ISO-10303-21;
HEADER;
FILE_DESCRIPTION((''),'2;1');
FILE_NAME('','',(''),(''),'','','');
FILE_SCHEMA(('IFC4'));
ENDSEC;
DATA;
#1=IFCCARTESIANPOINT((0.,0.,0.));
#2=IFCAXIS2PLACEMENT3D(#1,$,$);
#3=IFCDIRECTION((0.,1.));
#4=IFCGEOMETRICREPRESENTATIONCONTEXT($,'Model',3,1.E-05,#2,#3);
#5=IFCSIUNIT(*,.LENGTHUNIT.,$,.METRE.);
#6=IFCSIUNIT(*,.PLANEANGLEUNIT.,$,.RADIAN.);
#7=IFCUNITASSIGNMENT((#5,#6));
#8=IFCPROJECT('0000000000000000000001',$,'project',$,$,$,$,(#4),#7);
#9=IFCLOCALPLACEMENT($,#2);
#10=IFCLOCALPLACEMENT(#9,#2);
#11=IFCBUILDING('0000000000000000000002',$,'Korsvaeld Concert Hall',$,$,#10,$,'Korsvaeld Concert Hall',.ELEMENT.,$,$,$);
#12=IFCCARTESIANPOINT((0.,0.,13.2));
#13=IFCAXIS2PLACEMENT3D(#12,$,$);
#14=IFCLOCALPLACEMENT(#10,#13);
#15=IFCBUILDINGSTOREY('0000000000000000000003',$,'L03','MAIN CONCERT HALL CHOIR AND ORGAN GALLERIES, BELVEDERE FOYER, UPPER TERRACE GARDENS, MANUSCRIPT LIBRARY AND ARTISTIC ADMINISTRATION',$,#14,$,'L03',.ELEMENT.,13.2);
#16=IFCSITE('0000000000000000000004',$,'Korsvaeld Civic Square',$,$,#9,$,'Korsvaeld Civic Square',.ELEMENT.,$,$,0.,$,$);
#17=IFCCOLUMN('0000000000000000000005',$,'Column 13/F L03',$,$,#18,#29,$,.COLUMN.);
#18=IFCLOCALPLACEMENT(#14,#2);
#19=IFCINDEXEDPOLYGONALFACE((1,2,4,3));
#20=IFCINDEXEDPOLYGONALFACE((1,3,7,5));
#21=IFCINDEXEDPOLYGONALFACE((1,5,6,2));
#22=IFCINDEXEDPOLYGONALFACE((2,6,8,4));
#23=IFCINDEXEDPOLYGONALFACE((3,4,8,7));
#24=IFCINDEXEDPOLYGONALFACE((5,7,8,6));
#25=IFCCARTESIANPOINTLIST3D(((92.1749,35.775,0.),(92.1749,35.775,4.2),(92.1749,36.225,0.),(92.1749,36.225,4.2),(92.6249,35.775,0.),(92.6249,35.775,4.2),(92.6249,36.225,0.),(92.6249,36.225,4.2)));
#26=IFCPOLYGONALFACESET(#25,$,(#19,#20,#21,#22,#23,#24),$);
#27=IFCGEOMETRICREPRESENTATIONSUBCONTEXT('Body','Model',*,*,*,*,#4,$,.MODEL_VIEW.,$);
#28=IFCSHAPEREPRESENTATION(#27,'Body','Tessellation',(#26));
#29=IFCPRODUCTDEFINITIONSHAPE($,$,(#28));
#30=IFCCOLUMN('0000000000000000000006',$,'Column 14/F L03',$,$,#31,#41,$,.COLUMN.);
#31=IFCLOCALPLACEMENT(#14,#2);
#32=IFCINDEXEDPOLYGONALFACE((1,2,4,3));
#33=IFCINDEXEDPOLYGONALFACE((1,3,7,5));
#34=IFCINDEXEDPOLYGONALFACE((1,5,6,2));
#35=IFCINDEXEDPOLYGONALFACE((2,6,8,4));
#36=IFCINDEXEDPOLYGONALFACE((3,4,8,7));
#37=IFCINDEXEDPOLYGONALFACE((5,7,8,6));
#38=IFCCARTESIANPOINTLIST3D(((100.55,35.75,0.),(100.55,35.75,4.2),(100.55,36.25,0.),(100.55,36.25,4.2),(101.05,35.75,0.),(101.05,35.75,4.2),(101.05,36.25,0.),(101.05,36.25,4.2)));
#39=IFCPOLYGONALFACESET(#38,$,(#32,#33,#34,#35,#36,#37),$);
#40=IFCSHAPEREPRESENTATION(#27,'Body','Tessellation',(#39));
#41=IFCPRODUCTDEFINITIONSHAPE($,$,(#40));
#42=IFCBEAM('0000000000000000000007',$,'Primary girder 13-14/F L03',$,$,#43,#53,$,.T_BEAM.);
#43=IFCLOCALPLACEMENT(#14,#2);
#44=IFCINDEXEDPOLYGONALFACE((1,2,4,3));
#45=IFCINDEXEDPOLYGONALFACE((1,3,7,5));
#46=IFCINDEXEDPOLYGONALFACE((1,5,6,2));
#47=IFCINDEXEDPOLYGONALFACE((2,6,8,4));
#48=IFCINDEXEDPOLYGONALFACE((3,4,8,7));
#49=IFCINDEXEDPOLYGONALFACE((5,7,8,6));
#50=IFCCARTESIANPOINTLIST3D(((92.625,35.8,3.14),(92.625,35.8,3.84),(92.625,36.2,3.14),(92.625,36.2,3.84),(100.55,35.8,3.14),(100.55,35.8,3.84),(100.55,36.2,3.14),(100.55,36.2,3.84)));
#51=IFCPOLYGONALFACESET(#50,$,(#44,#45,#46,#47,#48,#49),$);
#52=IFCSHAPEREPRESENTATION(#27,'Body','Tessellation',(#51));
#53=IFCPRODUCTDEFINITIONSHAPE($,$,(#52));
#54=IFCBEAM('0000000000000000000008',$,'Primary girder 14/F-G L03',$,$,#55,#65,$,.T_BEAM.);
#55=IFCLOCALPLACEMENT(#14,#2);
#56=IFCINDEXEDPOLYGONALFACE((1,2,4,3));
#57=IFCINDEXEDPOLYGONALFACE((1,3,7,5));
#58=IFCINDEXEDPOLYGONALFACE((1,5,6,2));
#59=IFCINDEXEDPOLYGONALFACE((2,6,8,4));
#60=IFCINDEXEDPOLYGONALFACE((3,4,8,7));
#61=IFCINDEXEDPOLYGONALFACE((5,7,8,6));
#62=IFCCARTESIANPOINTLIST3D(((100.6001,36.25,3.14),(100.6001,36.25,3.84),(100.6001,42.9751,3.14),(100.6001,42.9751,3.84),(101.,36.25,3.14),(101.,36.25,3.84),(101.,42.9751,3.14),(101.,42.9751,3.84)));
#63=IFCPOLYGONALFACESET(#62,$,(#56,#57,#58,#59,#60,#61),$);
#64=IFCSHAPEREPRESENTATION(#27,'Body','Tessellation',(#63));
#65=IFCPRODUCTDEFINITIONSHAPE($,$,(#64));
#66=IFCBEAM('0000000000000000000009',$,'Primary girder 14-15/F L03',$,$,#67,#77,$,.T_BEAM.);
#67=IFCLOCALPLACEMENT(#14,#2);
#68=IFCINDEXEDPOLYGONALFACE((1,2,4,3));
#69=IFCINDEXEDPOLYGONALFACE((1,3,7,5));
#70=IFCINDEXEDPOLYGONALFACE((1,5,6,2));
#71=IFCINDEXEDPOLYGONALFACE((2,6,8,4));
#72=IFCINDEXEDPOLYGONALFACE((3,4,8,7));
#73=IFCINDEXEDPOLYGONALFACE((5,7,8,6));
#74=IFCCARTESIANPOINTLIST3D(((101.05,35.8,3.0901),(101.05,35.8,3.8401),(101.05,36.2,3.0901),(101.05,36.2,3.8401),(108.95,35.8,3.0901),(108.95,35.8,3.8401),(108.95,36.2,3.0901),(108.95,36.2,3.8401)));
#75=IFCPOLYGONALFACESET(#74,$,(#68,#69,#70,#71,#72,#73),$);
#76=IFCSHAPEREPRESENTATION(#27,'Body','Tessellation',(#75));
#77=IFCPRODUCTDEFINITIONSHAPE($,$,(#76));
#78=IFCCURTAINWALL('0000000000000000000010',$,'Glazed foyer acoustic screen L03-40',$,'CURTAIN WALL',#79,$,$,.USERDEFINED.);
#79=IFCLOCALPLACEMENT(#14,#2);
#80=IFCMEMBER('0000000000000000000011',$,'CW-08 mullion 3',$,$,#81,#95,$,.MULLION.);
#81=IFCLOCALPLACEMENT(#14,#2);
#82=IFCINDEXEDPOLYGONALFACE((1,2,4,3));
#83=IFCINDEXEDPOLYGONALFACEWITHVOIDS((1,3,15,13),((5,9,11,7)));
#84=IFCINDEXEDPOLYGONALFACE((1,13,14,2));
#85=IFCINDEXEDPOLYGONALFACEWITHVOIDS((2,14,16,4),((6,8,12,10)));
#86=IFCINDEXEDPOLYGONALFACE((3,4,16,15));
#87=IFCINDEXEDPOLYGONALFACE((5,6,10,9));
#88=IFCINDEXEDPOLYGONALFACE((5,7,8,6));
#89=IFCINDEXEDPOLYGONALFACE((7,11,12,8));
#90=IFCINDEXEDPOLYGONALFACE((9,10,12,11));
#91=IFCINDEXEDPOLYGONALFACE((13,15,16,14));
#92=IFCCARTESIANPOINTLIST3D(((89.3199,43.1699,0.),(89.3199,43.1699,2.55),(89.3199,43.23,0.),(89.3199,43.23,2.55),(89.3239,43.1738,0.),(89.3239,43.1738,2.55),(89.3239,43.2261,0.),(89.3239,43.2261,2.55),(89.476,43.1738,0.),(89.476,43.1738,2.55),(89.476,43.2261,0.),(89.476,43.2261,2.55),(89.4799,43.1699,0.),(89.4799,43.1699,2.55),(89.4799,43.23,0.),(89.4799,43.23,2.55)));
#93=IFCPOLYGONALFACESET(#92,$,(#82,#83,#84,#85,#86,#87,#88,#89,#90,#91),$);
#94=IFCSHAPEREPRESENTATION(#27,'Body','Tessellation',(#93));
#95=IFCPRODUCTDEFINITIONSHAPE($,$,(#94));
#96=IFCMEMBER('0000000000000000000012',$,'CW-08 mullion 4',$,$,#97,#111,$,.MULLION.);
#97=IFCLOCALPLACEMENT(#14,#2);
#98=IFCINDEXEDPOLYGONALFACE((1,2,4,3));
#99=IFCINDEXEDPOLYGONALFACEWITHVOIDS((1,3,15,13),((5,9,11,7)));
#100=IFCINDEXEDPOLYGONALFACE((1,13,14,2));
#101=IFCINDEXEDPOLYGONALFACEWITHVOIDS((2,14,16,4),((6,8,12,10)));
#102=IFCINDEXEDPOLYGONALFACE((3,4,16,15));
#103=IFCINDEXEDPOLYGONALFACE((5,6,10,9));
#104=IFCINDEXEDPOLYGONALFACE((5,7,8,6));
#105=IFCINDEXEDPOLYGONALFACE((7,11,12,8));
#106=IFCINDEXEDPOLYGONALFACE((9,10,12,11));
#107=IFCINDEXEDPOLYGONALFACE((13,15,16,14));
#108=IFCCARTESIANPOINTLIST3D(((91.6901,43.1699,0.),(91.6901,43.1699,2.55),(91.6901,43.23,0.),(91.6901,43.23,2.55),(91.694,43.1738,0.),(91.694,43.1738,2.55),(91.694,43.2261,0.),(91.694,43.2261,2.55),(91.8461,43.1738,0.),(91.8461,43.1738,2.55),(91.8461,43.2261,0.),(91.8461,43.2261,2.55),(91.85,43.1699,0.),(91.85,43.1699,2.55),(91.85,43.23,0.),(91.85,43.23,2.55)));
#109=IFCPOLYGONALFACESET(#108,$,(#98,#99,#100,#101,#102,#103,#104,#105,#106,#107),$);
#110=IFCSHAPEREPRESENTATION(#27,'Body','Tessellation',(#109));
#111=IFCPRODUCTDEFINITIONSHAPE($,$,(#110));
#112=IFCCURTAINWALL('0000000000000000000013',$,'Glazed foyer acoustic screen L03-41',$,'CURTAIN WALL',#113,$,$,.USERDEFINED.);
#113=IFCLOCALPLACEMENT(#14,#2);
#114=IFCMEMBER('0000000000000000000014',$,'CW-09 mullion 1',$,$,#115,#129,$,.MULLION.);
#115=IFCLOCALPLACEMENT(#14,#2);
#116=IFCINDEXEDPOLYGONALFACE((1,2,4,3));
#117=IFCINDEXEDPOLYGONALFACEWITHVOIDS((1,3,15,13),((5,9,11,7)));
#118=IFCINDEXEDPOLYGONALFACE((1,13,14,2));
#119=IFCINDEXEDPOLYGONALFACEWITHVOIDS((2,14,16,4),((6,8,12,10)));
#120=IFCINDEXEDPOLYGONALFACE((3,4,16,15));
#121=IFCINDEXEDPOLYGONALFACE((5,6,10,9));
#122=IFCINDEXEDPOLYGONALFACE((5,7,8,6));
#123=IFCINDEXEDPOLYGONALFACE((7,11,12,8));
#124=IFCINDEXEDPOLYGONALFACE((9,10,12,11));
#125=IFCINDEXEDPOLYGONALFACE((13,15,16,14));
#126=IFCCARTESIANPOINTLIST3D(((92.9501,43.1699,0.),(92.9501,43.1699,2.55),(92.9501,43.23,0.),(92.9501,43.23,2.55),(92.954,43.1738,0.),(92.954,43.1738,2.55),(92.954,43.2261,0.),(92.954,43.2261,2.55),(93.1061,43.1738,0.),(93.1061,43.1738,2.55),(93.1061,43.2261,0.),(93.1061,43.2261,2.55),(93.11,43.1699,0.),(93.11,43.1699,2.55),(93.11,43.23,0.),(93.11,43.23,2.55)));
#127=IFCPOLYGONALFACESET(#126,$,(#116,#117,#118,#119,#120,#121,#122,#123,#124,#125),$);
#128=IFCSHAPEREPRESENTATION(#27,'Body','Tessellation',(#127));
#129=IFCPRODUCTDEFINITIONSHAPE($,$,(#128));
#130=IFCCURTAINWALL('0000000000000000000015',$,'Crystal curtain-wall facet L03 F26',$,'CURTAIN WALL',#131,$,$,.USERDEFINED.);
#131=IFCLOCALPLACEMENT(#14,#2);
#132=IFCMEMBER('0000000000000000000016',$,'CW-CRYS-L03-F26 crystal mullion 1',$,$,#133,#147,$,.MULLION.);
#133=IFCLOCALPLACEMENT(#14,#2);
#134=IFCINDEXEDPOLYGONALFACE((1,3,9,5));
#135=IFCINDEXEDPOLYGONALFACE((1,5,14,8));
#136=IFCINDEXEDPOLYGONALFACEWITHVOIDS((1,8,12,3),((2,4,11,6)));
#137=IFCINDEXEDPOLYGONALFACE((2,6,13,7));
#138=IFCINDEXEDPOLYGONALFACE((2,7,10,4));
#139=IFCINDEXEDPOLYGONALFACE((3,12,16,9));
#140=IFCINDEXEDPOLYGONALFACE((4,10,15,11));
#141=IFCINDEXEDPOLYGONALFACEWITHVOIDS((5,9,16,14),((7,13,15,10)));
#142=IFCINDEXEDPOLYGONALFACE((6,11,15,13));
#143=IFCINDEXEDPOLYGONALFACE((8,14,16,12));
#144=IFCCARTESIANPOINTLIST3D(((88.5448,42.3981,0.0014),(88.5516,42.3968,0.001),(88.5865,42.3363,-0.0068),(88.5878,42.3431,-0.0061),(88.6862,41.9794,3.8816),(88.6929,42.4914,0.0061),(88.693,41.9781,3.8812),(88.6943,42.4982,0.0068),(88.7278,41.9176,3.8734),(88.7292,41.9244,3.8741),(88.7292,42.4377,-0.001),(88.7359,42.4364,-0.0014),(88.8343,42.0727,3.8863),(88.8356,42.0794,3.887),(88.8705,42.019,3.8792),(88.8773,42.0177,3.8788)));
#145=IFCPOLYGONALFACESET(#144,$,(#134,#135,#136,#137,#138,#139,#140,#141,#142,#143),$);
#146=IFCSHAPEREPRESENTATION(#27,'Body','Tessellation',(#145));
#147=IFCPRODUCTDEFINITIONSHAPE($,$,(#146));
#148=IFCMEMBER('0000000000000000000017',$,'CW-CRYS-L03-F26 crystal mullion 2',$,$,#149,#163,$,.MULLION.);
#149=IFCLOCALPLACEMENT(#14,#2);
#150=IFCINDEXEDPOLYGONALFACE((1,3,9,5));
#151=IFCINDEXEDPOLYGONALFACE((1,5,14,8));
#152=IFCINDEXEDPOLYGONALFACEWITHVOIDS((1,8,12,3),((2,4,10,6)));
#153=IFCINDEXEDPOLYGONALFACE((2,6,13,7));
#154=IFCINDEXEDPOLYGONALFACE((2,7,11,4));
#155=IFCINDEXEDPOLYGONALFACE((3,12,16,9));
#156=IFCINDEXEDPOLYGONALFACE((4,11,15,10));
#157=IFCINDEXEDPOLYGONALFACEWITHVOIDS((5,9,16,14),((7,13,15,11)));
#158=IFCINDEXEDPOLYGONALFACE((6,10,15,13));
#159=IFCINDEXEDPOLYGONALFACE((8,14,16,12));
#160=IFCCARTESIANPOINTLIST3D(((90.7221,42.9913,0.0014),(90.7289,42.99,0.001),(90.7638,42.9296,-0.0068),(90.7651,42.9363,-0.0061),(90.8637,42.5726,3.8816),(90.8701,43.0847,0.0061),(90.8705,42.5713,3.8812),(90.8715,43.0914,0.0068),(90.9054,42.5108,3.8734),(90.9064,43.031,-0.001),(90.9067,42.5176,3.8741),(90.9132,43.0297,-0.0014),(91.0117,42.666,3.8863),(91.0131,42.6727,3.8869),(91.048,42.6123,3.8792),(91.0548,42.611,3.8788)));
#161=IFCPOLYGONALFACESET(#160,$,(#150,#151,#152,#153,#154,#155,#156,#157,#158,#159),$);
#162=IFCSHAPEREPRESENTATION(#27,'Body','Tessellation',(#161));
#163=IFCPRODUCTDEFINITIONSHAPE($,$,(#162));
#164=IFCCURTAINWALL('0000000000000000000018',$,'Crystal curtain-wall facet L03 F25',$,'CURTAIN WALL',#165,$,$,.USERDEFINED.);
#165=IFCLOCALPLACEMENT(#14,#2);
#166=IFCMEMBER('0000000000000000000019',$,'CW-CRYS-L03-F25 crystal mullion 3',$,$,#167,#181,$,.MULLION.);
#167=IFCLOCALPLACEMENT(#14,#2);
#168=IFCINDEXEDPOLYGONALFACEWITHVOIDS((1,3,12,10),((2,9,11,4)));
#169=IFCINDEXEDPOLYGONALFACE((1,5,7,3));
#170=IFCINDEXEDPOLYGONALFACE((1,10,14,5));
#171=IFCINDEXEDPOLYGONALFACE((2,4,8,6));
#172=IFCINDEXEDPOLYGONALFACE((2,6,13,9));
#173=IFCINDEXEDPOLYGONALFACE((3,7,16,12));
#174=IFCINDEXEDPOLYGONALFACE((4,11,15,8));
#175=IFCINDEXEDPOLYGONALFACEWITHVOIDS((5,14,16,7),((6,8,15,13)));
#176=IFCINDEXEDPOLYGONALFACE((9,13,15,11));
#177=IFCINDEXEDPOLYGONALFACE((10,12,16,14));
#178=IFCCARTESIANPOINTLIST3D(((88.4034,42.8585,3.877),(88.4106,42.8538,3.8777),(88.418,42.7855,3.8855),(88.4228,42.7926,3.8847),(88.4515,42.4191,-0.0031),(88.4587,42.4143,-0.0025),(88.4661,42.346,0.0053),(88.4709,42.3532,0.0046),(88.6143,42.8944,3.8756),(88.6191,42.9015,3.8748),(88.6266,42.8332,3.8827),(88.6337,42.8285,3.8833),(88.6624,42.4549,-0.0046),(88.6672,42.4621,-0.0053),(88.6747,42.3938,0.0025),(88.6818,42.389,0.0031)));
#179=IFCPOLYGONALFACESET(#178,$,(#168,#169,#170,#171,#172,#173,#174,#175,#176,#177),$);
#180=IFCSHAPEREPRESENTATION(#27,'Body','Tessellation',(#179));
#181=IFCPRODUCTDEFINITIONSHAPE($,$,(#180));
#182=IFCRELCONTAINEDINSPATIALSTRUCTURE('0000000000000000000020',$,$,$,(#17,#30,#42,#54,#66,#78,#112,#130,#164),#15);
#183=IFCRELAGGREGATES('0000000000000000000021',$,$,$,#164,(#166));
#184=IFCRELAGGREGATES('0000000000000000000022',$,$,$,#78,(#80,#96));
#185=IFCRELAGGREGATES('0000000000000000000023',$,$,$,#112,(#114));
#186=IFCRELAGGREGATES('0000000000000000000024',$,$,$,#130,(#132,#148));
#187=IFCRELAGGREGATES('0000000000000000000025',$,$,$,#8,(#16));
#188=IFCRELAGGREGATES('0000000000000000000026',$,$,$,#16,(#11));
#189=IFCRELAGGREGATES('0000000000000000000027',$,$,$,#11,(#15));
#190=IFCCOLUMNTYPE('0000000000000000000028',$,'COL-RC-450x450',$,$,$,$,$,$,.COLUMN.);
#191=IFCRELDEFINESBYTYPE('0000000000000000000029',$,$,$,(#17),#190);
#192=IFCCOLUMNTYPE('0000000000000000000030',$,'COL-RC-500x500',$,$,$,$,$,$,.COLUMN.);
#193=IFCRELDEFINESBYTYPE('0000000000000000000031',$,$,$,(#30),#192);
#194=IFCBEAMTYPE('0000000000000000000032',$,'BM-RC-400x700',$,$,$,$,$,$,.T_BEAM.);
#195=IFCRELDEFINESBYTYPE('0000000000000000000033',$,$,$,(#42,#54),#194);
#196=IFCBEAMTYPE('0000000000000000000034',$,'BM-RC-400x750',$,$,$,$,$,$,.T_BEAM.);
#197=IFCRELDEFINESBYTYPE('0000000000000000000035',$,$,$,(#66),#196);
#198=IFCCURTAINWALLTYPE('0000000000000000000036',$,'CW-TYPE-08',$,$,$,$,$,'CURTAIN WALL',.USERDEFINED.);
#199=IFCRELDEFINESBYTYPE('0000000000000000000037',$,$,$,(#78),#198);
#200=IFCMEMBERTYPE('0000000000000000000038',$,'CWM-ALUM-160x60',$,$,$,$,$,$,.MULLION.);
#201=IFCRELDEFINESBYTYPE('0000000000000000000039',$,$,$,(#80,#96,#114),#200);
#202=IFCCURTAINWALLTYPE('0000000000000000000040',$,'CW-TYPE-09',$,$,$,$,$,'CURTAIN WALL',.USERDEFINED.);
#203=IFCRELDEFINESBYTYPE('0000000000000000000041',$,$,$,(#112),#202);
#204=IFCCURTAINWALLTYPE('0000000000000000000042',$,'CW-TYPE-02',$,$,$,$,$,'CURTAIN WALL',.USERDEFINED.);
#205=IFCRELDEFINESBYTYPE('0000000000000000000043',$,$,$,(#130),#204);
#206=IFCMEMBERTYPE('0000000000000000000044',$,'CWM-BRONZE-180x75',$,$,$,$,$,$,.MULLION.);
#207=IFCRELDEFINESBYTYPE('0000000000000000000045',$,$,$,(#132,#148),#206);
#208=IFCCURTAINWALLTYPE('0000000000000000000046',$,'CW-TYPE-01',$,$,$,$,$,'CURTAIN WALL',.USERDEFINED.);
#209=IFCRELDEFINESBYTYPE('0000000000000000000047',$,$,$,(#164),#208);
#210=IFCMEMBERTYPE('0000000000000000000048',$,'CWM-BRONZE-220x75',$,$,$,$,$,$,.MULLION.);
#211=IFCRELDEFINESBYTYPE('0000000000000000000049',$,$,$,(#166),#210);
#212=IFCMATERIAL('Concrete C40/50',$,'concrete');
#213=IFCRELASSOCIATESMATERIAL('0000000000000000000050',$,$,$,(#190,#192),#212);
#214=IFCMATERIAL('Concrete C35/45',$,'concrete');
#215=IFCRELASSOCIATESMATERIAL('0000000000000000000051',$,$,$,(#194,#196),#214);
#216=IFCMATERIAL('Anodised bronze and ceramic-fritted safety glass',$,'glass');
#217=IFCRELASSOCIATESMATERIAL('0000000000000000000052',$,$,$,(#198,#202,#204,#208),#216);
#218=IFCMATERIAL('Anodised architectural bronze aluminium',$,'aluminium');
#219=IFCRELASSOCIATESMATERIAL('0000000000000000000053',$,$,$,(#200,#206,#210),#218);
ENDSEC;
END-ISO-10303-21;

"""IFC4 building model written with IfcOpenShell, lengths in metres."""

from ifc_helpers import new_model, si_unit, direction, frame, origin, origin_2d, place, context, subcontext, project, spatial, rectangle, hollow_rectangle, extrude, material, material_profile, profile_set, type_object, element, aggregate, save


model = new_model("IFC4")

# Units and contexts
model_context = context("Model", 3, precision=1e-05, world=origin(), true_north=direction((0.0, 1.0)))
body_context = subcontext(model_context, "Body", "Model", "MODEL_VIEW")
ifc_project = project(units=[si_unit("LENGTHUNIT", "METRE"), si_unit("PLANEANGLEUNIT", "RADIAN")], contexts=[model_context])

# Site, building, storey
site_placement = place(None, origin())
site = spatial("IfcSite", under=ifc_project, at=site_placement, Name="Korsvaeld Civic Square", LongName="Korsvaeld Civic Square", CompositionType="ELEMENT", RefElevation=0.0)
building_placement = place(site_placement, origin())
building = spatial("IfcBuilding", under=site, at=building_placement, Name="Korsvaeld Concert Hall", LongName="Korsvaeld Concert Hall", CompositionType="ELEMENT")
storey_placement = place(building_placement, frame((0.0, 0.0, 13.2)))
storey = spatial("IfcBuildingStorey", under=building, at=storey_placement, Name="L03", Description="MAIN CONCERT HALL CHOIR AND ORGAN GALLERIES, BELVEDERE FOYER, UPPER TERRACE GARDENS, MANUSCRIPT LIBRARY AND ARTISTIC ADMINISTRATION", LongName="L03", CompositionType="ELEMENT", Elevation=13.2)

# Columns
ifc_material_1 = material(Name="Concrete C40/50", Category="concrete")
ifc_material_profile_1 = material_profile(ifc_material_1, rectangle(XDim=0.45, YDim=0.45, at=origin_2d()), Name="RC 450x450")
ifc_profile_set_1 = profile_set([ifc_material_profile_1], Name="Concrete C40/50")
column_type_1 = type_object("IfcColumnType", Name="COL-RC-450x450", PredefinedType="COLUMN", material=ifc_profile_set_1)
column_1_placement = place(storey_placement, frame((92.3999, 36.0, 0.0), z_axis=(0.0, 0.0, 1.0), x_axis=(1.0, 0.0, 0.0)))
element("IfcColumn", 1, at=column_1_placement, inside=storey, type_object=column_type_1, Name="Column 13/F L03", PredefinedType="COLUMN", context=body_context, shape_type="SweptSolid", body=[
    extrude(rectangle(XDim=0.45, YDim=0.45, at=origin_2d()), origin(), (0.0, 0.0, 1.0), 4.2),
])
ifc_material_profile_2 = material_profile(ifc_material_1, rectangle(XDim=0.5, YDim=0.5, at=origin_2d()), Name="RC 500x500")
ifc_profile_set_2 = profile_set([ifc_material_profile_2], Name="Concrete C40/50")
column_type_2 = type_object("IfcColumnType", Name="COL-RC-500x500", PredefinedType="COLUMN", material=ifc_profile_set_2)
column_2_placement = place(storey_placement, frame((100.8, 36.0, 0.0), z_axis=(0.0, 0.0, 1.0), x_axis=(1.0, 0.0, 0.0)))
element("IfcColumn", 2, at=column_2_placement, inside=storey, type_object=column_type_2, Name="Column 14/F L03", PredefinedType="COLUMN", context=body_context, shape_type="SweptSolid", body=[
    extrude(rectangle(XDim=0.5, YDim=0.5, at=origin_2d()), origin(), (0.0, 0.0, 1.0), 4.2),
])

# Beams
ifc_material_2 = material(Name="Concrete C35/45", Category="concrete")
ifc_material_profile_3 = material_profile(ifc_material_2, rectangle(XDim=0.3999, YDim=0.7, at=origin_2d()), Name="RC 400x700")
ifc_profile_set_3 = profile_set([ifc_material_profile_3], Name="Concrete C35/45")
beam_type_1 = type_object("IfcBeamType", Name="BM-RC-400x700", PredefinedType="T_BEAM", material=ifc_profile_set_3)
beam_1_placement = place(storey_placement, frame((92.625, 36.0, 3.49), z_axis=(1.0, 0.0, 0.0), x_axis=(0.0, 1.0, 0.0)))
element("IfcBeam", 3, at=beam_1_placement, inside=storey, type_object=beam_type_1, Name="Primary girder 13-14/F L03", PredefinedType="T_BEAM", context=body_context, shape_type="SweptSolid", body=[
    extrude(rectangle(XDim=0.3999, YDim=0.7, at=origin_2d()), origin(), (0.0, 0.0, 1.0), 7.925),
])
beam_2_placement = place(storey_placement, frame((100.8, 36.25, 3.49), z_axis=(0.0, 1.0, 0.0), x_axis=(-1.0, 0.0, 0.0)))
element("IfcBeam", 4, at=beam_2_placement, inside=storey, type_object=beam_type_1, Name="Primary girder 14/F-G L03", PredefinedType="T_BEAM", context=body_context, shape_type="SweptSolid", body=[
    extrude(rectangle(XDim=0.3999, YDim=0.7, at=origin_2d()), origin(), (0.0, 0.0, 1.0), 6.7251),
])
ifc_material_profile_4 = material_profile(ifc_material_2, rectangle(XDim=0.3999, YDim=0.75, at=origin_2d()), Name="RC 400x750")
ifc_profile_set_4 = profile_set([ifc_material_profile_4], Name="Concrete C35/45")
beam_type_2 = type_object("IfcBeamType", Name="BM-RC-400x750", PredefinedType="T_BEAM", material=ifc_profile_set_4)
beam_3_placement = place(storey_placement, frame((101.05, 36.0, 3.4651), z_axis=(1.0, 0.0, 0.0), x_axis=(0.0, 1.0, 0.0)))
element("IfcBeam", 5, at=beam_3_placement, inside=storey, type_object=beam_type_2, Name="Primary girder 14-15/F L03", PredefinedType="T_BEAM", context=body_context, shape_type="SweptSolid", body=[
    extrude(rectangle(XDim=0.3999, YDim=0.75, at=origin_2d()), origin(), (0.0, 0.0, 1.0), 7.8999),
])

# Curtain wall, members
ifc_material_3 = material(Name="Anodised bronze and ceramic-fritted safety glass", Category="glass")
curtain_wall_type_1 = type_object("IfcCurtainWallType", Name="CW-TYPE-08", ElementType="CURTAIN WALL", PredefinedType="USERDEFINED", material=ifc_material_3)
curtain_wall_1_placement = place(storey_placement, origin())
curtain_wall_1 = element("IfcCurtainWall", 6, at=curtain_wall_1_placement, inside=storey, type_object=curtain_wall_type_1, Name="Glazed foyer acoustic screen L03-40", ObjectType="CURTAIN WALL", PredefinedType="USERDEFINED")
ifc_material_4 = material(Name="Anodised architectural bronze aluminium", Category="aluminium")
ifc_material_profile_5 = material_profile(ifc_material_4, hollow_rectangle(XDim=0.0601, YDim=0.1599, WallThickness=0.0039, at=origin_2d()), Name="CWM 160x60x4")
ifc_profile_set_5 = profile_set([ifc_material_profile_5], Name="Anodised architectural bronze aluminium")
member_type_1 = type_object("IfcMemberType", Name="CWM-ALUM-160x60", PredefinedType="MULLION", material=ifc_profile_set_5)
member_1_placement = place(storey_placement, frame((89.3999, 43.2, 0.0), z_axis=(0.0, 0.0, 1.0), x_axis=(0.0, 1.0, 0.0)))
member_1 = element("IfcMember", 7, at=member_1_placement, type_object=member_type_1, Name="CW-08 mullion 3", PredefinedType="MULLION", context=body_context, shape_type="SweptSolid", body=[
    extrude(hollow_rectangle(XDim=0.0601, YDim=0.1599, WallThickness=0.0039, at=origin_2d()), origin(), (0.0, 0.0, 1.0), 2.55),
])
member_2_placement = place(storey_placement, frame((91.77, 43.2, 0.0), z_axis=(0.0, 0.0, 1.0), x_axis=(0.0, 1.0, 0.0)))
member_2 = element("IfcMember", 8, at=member_2_placement, type_object=member_type_1, Name="CW-08 mullion 4", PredefinedType="MULLION", context=body_context, shape_type="SweptSolid", body=[
    extrude(hollow_rectangle(XDim=0.0601, YDim=0.1599, WallThickness=0.0039, at=origin_2d()), origin(), (0.0, 0.0, 1.0), 2.55),
])

# Curtain wall, member
curtain_wall_type_2 = type_object("IfcCurtainWallType", Name="CW-TYPE-09", ElementType="CURTAIN WALL", PredefinedType="USERDEFINED", material=ifc_material_3)
curtain_wall_2_placement = place(storey_placement, origin())
curtain_wall_2 = element("IfcCurtainWall", 9, at=curtain_wall_2_placement, inside=storey, type_object=curtain_wall_type_2, Name="Glazed foyer acoustic screen L03-41", ObjectType="CURTAIN WALL", PredefinedType="USERDEFINED")
member_3_placement = place(storey_placement, frame((93.03, 43.2, 0.0), z_axis=(0.0, 0.0, 1.0), x_axis=(0.0, 1.0, 0.0)))
member_3 = element("IfcMember", 10, at=member_3_placement, type_object=member_type_1, Name="CW-09 mullion 1", PredefinedType="MULLION", context=body_context, shape_type="SweptSolid", body=[
    extrude(hollow_rectangle(XDim=0.0601, YDim=0.1599, WallThickness=0.0039, at=origin_2d()), origin(), (0.0, 0.0, 1.0), 2.55),
])

# Curtain wall, members
curtain_wall_type_3 = type_object("IfcCurtainWallType", Name="CW-TYPE-02", ElementType="CURTAIN WALL", PredefinedType="USERDEFINED", material=ifc_material_3)
curtain_wall_3_placement = place(storey_placement, origin())
curtain_wall_3 = element("IfcCurtainWall", 11, at=curtain_wall_3_placement, inside=storey, type_object=curtain_wall_type_3, Name="Crystal curtain-wall facet L03 F26", ObjectType="CURTAIN WALL", PredefinedType="USERDEFINED")
ifc_material_profile_6 = material_profile(ifc_material_4, hollow_rectangle(XDim=0.075, YDim=0.1799, WallThickness=0.0049, at=origin_2d()), Name="CWM 180x75x5")
ifc_profile_set_6 = profile_set([ifc_material_profile_6], Name="Anodised architectural bronze aluminium")
member_type_2 = type_object("IfcMemberType", Name="CWM-BRONZE-180x75", PredefinedType="MULLION", material=ifc_profile_set_6)
member_4_placement = place(storey_placement, frame((88.6404, 42.4172, 0.0), z_axis=(0.036197, -0.107216, 0.993577), x_axis=(-0.555734, 0.82416, 0.10918)))
member_4 = element("IfcMember", 12, at=member_4_placement, type_object=member_type_2, Name="CW-CRYS-L03-F26 crystal mullion 1", PredefinedType="MULLION", context=body_context, shape_type="SweptSolid", body=[
    extrude(hollow_rectangle(XDim=0.075, YDim=0.1799, WallThickness=0.0049, at=origin_2d()), origin(), (0.0, 0.0, 1.0), 3.9053),
])
member_5_placement = place(storey_placement, frame((90.8176, 43.0105, 0.0), z_axis=(0.03626, -0.107216, 0.993574), x_axis=(-0.556165, 0.823867, 0.109199)))
member_5 = element("IfcMember", 13, at=member_5_placement, type_object=member_type_2, Name="CW-CRYS-L03-F26 crystal mullion 2", PredefinedType="MULLION", context=body_context, shape_type="SweptSolid", body=[
    extrude(hollow_rectangle(XDim=0.075, YDim=0.1799, WallThickness=0.0049, at=origin_2d()), origin(), (0.0, 0.0, 1.0), 3.9053),
])

# Curtain wall, member
curtain_wall_type_4 = type_object("IfcCurtainWallType", Name="CW-TYPE-01", ElementType="CURTAIN WALL", PredefinedType="USERDEFINED", material=ifc_material_3)
curtain_wall_4_placement = place(storey_placement, origin())
curtain_wall_4 = element("IfcCurtainWall", 14, at=curtain_wall_4_placement, inside=storey, type_object=curtain_wall_type_4, Name="Crystal curtain-wall facet L03 F25", ObjectType="CURTAIN WALL", PredefinedType="USERDEFINED")
ifc_material_profile_7 = material_profile(ifc_material_4, hollow_rectangle(XDim=0.075, YDim=0.22, WallThickness=0.0061, at=origin_2d()), Name="CWM 220x75x6")
ifc_profile_set_7 = profile_set([ifc_material_profile_7], Name="Anodised architectural bronze aluminium")
member_type_3 = type_object("IfcMemberType", Name="CWM-BRONZE-220x75", PredefinedType="MULLION", material=ifc_profile_set_7)
member_6_placement = place(storey_placement, frame((88.5667, 42.4041, 0.0), z_axis=(-0.012316, 0.112529, 0.993572), x_axis=(0.195294, -0.974241, 0.112761)))
member_6 = element("IfcMember", 15, at=member_6_placement, type_object=member_type_3, Name="CW-CRYS-L03-F25 crystal mullion 3", PredefinedType="MULLION", context=body_context, shape_type="SweptSolid", body=[
    extrude(hollow_rectangle(XDim=0.075, YDim=0.22, WallThickness=0.0061, at=origin_2d()), origin(), (0.0, 0.0, 1.0), 3.9053),
])
aggregate(curtain_wall_4, [member_6])

aggregate(curtain_wall_1, [member_1, member_2])
aggregate(curtain_wall_2, [member_3])
aggregate(curtain_wall_3, [member_4, member_5])

save(model, "model.ifc")
